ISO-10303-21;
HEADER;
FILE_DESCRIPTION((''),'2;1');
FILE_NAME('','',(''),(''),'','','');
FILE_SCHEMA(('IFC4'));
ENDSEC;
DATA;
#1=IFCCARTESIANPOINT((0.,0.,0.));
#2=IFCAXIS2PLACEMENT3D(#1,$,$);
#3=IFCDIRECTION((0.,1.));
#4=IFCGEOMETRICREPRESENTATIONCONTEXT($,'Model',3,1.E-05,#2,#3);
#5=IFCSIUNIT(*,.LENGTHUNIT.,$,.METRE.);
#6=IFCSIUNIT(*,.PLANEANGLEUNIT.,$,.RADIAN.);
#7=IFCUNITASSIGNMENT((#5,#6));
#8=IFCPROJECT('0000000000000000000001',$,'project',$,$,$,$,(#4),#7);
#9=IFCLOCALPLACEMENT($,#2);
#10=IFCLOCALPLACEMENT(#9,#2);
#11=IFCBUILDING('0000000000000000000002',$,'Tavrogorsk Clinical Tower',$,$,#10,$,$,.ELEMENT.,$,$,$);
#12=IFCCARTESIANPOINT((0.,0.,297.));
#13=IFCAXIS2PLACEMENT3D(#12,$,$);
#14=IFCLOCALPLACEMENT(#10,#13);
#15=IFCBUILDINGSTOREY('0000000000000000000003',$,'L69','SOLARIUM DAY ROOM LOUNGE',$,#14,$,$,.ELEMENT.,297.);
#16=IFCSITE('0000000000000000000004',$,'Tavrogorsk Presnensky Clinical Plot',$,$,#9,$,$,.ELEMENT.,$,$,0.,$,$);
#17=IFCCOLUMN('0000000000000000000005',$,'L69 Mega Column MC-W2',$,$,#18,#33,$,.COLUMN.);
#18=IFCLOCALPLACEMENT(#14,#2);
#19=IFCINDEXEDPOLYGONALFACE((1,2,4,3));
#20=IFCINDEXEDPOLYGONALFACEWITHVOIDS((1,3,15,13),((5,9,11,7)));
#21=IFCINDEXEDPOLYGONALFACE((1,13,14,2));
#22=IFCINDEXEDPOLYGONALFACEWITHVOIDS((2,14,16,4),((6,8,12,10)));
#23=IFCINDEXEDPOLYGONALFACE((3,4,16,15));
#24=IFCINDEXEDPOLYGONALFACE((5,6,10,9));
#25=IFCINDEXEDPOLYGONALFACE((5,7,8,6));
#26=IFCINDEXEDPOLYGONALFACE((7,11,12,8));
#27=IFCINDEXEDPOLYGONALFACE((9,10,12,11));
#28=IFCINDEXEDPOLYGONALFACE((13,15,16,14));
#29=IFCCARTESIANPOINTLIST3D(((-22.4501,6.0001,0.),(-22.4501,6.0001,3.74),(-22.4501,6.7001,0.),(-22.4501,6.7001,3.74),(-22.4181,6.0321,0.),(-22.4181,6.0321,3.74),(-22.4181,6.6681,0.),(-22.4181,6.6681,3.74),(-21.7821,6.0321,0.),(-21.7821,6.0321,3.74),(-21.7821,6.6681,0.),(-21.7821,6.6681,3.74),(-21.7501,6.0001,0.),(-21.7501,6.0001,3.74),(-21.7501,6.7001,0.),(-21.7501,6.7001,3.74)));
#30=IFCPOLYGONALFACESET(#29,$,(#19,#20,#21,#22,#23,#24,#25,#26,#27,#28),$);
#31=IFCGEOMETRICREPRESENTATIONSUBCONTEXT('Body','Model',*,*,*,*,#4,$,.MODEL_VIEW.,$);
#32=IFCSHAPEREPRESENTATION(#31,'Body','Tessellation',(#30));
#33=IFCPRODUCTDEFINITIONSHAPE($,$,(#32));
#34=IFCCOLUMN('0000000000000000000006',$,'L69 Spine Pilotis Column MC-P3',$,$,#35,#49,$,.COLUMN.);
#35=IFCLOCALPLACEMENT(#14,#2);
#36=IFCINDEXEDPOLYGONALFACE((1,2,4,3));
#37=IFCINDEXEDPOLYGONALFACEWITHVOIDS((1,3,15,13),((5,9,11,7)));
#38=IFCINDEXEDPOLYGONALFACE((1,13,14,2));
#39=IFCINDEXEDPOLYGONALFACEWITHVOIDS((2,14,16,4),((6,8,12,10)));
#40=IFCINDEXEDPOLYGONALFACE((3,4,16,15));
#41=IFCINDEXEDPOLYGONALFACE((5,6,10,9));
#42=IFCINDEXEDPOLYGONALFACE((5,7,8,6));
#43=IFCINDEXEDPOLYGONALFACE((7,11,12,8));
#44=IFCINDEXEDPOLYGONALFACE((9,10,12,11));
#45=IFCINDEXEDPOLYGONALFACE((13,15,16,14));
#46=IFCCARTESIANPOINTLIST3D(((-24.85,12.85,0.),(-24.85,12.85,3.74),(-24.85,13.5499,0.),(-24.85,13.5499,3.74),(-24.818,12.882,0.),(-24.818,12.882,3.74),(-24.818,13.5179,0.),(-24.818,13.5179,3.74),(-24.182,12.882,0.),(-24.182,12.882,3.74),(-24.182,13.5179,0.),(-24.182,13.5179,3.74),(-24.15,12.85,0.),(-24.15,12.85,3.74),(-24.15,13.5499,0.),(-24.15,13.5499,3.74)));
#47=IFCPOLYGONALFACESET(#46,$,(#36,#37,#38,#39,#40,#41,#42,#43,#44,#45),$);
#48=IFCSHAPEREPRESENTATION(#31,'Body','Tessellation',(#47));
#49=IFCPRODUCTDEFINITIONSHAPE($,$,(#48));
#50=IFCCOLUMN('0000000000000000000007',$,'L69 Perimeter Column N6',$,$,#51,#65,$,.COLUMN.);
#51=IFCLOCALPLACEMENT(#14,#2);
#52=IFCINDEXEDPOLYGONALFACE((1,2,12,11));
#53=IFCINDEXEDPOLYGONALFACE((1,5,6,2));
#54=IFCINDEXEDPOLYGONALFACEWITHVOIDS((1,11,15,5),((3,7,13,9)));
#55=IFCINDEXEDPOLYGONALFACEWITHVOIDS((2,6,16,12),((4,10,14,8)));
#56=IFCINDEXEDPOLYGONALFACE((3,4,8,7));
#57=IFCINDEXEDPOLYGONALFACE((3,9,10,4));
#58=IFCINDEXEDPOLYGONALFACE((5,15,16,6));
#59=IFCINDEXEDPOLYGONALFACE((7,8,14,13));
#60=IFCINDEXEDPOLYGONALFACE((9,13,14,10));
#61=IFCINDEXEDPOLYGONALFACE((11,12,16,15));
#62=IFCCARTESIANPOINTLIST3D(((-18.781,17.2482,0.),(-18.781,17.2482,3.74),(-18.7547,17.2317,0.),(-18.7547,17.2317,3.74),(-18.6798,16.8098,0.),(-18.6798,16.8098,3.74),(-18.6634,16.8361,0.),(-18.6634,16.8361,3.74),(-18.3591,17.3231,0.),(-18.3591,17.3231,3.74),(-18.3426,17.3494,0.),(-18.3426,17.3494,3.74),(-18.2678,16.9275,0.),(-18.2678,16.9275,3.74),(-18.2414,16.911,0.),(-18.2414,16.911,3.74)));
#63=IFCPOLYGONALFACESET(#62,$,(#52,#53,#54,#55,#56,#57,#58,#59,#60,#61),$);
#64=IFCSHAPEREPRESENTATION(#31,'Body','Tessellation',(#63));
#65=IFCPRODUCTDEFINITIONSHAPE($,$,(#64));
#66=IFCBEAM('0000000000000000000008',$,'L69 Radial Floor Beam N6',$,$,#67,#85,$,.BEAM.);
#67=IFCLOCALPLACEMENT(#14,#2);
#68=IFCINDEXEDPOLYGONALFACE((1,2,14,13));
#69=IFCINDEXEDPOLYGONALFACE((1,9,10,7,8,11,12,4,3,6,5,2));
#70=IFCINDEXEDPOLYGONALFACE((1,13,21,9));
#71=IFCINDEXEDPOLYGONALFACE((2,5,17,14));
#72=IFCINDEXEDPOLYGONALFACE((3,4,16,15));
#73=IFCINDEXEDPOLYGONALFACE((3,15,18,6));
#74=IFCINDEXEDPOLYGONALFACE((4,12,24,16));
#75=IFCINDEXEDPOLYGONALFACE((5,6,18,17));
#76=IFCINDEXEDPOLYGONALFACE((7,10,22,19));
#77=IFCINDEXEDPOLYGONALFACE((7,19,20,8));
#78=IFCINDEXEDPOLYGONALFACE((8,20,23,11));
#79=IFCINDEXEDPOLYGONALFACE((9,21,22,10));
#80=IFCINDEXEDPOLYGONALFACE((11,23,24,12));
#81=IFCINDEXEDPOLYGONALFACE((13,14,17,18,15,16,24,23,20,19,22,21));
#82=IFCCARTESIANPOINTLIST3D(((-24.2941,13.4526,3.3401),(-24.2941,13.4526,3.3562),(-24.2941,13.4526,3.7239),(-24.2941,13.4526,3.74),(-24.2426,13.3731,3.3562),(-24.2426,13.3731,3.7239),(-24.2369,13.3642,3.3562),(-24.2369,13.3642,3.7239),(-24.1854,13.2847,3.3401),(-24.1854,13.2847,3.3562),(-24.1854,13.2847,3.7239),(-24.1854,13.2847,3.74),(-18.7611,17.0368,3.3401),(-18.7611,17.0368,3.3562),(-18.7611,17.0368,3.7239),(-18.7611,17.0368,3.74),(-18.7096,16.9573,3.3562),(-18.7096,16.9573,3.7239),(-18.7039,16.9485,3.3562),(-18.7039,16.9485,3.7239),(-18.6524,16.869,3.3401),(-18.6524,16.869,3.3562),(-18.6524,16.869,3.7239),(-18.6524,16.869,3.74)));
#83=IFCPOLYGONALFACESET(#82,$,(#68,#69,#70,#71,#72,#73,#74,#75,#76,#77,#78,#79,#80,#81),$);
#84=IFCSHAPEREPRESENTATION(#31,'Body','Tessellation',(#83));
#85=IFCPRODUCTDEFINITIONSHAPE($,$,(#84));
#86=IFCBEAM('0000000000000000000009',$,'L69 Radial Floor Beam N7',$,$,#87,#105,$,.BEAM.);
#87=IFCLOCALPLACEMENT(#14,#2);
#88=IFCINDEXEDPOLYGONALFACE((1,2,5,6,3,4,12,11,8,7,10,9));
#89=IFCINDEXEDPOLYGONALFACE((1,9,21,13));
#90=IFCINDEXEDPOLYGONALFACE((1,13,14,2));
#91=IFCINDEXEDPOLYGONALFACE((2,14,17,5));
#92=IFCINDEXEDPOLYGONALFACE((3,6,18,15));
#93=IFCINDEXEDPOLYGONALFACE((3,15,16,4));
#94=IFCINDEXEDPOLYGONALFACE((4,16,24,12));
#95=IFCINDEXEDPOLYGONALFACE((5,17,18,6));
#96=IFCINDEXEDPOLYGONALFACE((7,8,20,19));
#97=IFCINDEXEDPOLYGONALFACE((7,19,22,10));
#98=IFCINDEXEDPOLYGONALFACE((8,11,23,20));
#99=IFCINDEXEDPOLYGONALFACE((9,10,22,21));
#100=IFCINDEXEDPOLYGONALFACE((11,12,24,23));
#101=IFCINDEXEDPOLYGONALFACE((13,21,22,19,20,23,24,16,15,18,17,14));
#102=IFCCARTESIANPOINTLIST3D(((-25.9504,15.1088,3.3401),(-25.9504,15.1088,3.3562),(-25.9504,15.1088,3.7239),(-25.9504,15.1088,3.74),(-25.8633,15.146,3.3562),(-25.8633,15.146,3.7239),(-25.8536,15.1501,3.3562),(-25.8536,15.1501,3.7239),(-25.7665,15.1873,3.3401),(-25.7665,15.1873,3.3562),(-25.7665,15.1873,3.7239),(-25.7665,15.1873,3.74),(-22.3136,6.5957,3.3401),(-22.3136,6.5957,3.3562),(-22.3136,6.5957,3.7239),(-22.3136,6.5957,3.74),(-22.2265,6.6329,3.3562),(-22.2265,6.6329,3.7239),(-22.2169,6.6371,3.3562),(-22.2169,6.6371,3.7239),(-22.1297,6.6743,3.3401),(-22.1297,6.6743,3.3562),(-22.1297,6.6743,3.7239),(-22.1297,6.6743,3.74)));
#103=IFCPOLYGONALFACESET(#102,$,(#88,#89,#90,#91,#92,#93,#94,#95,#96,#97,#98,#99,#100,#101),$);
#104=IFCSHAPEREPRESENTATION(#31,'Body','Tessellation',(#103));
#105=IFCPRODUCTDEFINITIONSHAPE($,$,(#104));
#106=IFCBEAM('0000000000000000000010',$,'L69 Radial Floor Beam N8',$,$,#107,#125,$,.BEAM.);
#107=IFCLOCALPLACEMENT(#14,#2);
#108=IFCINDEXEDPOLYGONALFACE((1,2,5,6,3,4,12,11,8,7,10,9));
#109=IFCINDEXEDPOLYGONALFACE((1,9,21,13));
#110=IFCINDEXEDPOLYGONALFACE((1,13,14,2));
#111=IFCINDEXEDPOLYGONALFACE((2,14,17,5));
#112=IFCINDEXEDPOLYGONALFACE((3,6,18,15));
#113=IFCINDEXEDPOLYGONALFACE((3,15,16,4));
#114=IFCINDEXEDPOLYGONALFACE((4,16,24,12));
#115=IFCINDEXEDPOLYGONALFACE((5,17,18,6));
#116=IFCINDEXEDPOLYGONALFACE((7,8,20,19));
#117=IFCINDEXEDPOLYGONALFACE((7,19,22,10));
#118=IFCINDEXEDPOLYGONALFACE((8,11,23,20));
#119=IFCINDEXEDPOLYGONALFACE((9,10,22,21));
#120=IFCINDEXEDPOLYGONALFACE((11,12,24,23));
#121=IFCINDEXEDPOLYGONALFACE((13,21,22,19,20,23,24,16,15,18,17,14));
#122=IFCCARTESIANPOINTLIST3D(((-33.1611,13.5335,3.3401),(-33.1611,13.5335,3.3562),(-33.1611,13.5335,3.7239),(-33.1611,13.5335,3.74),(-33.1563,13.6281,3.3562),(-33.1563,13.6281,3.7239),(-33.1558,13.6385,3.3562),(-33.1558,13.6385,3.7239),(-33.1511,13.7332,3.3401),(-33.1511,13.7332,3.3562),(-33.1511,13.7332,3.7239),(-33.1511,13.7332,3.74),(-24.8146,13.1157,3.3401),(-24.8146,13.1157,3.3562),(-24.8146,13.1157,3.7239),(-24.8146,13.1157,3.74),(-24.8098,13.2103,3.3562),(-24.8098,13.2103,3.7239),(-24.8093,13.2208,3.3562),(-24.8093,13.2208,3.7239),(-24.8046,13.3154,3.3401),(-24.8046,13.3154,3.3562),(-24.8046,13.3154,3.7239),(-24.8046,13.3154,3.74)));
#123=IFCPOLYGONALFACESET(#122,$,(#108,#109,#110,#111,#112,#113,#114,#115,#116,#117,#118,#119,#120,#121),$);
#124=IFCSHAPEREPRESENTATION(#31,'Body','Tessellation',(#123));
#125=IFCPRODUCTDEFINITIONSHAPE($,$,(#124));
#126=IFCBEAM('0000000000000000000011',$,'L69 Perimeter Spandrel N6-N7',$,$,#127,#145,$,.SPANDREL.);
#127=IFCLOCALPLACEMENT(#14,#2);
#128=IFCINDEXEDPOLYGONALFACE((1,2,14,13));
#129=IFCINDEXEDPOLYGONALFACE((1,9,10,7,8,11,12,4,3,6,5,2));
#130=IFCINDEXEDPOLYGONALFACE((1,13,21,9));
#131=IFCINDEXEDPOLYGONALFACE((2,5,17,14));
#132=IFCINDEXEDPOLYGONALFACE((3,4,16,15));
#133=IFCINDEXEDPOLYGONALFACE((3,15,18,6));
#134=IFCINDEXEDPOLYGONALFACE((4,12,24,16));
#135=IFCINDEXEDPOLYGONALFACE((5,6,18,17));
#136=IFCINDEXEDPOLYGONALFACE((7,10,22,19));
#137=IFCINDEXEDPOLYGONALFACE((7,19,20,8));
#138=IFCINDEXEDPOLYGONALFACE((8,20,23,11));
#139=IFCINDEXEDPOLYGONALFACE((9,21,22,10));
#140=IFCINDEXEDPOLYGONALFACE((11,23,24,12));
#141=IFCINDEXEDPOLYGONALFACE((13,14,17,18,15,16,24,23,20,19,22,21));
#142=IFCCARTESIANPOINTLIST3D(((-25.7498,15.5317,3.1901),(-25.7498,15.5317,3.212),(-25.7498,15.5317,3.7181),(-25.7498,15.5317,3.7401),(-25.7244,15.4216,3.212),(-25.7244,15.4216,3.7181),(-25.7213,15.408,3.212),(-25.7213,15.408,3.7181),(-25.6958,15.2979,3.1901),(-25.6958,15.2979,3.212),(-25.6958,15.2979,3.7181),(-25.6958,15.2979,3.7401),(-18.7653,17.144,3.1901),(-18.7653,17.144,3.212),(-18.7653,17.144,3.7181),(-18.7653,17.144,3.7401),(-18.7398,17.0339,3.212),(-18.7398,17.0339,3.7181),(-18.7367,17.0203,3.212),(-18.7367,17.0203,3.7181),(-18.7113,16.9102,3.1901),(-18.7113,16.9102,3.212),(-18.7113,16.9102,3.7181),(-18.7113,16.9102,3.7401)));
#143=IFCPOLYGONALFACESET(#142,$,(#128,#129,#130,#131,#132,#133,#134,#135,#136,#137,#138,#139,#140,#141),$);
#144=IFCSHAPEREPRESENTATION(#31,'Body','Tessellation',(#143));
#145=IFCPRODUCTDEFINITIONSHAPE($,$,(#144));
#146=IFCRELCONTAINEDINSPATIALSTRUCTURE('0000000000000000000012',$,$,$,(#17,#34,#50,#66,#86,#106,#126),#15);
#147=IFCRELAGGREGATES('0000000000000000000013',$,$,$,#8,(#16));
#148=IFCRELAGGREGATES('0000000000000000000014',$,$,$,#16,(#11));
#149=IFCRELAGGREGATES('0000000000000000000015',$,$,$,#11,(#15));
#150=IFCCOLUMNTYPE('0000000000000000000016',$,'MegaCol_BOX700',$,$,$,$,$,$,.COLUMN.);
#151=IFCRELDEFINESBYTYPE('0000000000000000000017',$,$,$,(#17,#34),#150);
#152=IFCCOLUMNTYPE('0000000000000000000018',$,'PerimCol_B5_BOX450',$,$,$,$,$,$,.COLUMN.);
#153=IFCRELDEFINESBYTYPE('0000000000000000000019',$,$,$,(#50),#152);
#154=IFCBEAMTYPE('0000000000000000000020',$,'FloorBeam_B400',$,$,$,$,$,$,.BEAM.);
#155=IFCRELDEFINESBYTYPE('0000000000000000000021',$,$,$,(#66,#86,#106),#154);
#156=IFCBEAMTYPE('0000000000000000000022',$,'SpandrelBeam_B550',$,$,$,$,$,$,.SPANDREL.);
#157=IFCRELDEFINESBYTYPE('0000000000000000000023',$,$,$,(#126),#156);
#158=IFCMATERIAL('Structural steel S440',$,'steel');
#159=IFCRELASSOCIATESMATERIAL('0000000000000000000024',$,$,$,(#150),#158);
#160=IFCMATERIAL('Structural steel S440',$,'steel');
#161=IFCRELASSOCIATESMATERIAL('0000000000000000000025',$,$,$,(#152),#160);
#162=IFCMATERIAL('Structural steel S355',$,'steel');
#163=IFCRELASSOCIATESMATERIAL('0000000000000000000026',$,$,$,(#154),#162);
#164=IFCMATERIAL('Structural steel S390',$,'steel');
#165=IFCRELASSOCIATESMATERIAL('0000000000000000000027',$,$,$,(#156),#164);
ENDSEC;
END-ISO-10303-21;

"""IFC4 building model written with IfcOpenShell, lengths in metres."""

from ifc_helpers import new_model, si_unit, direction, frame, origin, origin_2d, place, context, subcontext, project, spatial, hollow_rectangle, i_section, extrude, material, material_profile, profile_set, type_object, element, save


model = new_model("IFC4")

# Units and contexts
model_context = context("Model", 3, precision=1e-05, world=origin(), true_north=direction((0.0, 1.0)))
body_context = subcontext(model_context, "Body", "Model", "MODEL_VIEW")
ifc_project = project(units=[si_unit("LENGTHUNIT", "METRE"), si_unit("PLANEANGLEUNIT", "RADIAN")], contexts=[model_context])

# Site, building, storey
site_placement = place(None, origin())
site = spatial("IfcSite", under=ifc_project, at=site_placement, Name="Tavrogorsk Presnensky Clinical Plot", CompositionType="ELEMENT", RefElevation=0.0)
building_placement = place(site_placement, origin())
building = spatial("IfcBuilding", under=site, at=building_placement, Name="Tavrogorsk Clinical Tower", CompositionType="ELEMENT")
storey_placement = place(building_placement, frame((0.0, 0.0, 297.0)))
storey = spatial("IfcBuildingStorey", under=building, at=storey_placement, Name="L69", Description="SOLARIUM DAY ROOM LOUNGE", CompositionType="ELEMENT", Elevation=297.0)

# Columns
ifc_material_1 = material(Name="Structural steel S440", Category="steel")
ifc_material_profile_1 = material_profile(ifc_material_1, hollow_rectangle(XDim=0.7, YDim=0.7, WallThickness=0.032, at=origin_2d()), Name="BOX-700x700x32")
ifc_profile_set_1 = profile_set([ifc_material_profile_1], Name="Structural steel S440")
column_type_1 = type_object("IfcColumnType", Name="MegaCol_BOX700", PredefinedType="COLUMN", material=ifc_profile_set_1)
for number, where, z_axis, x_axis, name in (
    (1, (-22.1001, 6.3501, 0.0), (0.0, 0.0, 1.0), (1.0, 0.0, 0.0), "L69 Mega Column MC-W2"),
    (2, (-24.5, 13.2, 0.0), (0.0, 0.0, 1.0), (1.0, 0.0, 0.0), "L69 Spine Pilotis Column MC-P3"),
):
    element("IfcColumn", number, at=place(storey_placement, frame(where, z_axis=z_axis, x_axis=x_axis)), inside=storey, type_object=column_type_1, Name=name, PredefinedType="COLUMN", context=body_context, shape_type="SweptSolid", body=[
        extrude(hollow_rectangle(XDim=0.7, YDim=0.7, WallThickness=0.032, at=origin_2d()), origin(), (0.0, 0.0, 1.0), 3.74),
    ])
ifc_material_2 = material(Name="Structural steel S440", Category="steel")
ifc_material_profile_2 = material_profile(ifc_material_2, hollow_rectangle(XDim=0.45, YDim=0.45, WallThickness=0.022, at=origin_2d()), Name="BOX-450x450x22")
ifc_profile_set_2 = profile_set([ifc_material_profile_2], Name="Structural steel S440")
column_type_2 = type_object("IfcColumnType", Name="PerimCol_B5_BOX450", PredefinedType="COLUMN", material=ifc_profile_set_2)
column_placement = place(storey_placement, frame((-18.5112, 17.0796, 0.0), z_axis=(0.0, 0.0, 1.0), x_axis=(0.97437, 0.224951, 0.0)))
element("IfcColumn", 3, at=column_placement, inside=storey, type_object=column_type_2, Name="L69 Perimeter Column N6", PredefinedType="COLUMN", context=body_context, shape_type="SweptSolid", body=[
    extrude(hollow_rectangle(XDim=0.45, YDim=0.45, WallThickness=0.022, at=origin_2d()), origin(), (0.0, 0.0, 1.0), 3.74),
])

# Beams
ifc_material_3 = material(Name="Structural steel S355", Category="steel")
ifc_material_profile_3 = material_profile(ifc_material_3, i_section(OverallWidth=0.2, OverallDepth=0.3999, WebThickness=0.0105, FlangeThickness=0.0161, at=origin_2d()), Name="B-400x200x10.5x16")
ifc_profile_set_3 = profile_set([ifc_material_profile_3], Name="Structural steel S355")
beam_type_1 = type_object("IfcBeamType", Name="FloorBeam_B400", PredefinedType="BEAM", material=ifc_profile_set_3)
beam_1_placement = place(storey_placement, frame((-24.2397, 13.3687, 3.54), z_axis=(0.839288, 0.543687, 0.0), x_axis=(-0.543687, 0.839288, 0.0)))
element("IfcBeam", 4, at=beam_1_placement, inside=storey, type_object=beam_type_1, Name="L69 Radial Floor Beam N6", PredefinedType="BEAM", context=body_context, shape_type="SweptSolid", body=[
    extrude(i_section(OverallWidth=0.2, OverallDepth=0.3999, WebThickness=0.0105, FlangeThickness=0.0161, at=origin_2d()), origin(), (0.0, 0.0, 1.0), 6.5925),
])
beam_2_placement = place(storey_placement, frame((-22.2217, 6.635, 3.54), z_axis=(-0.392853, 0.919601, 0.0), x_axis=(-0.919601, -0.392853, 0.0)))
element("IfcBeam", 5, at=beam_2_placement, inside=storey, type_object=beam_type_1, Name="L69 Radial Floor Beam N7", PredefinedType="BEAM", context=body_context, shape_type="SweptSolid", body=[
    extrude(i_section(OverallWidth=0.2, OverallDepth=0.3999, WebThickness=0.0105, FlangeThickness=0.0161, at=origin_2d()), origin(), (0.0, 0.0, 1.0), 9.2573),
])
beam_3_placement = place(storey_placement, frame((-24.8096, 13.2156, 3.54), z_axis=(-0.99875, 0.049986, 0.0), x_axis=(-0.049986, -0.99875, 0.0)))
element("IfcBeam", 6, at=beam_3_placement, inside=storey, type_object=beam_type_1, Name="L69 Radial Floor Beam N8", PredefinedType="BEAM", context=body_context, shape_type="SweptSolid", body=[
    extrude(i_section(OverallWidth=0.2, OverallDepth=0.3999, WebThickness=0.0105, FlangeThickness=0.0161, at=origin_2d()), origin(), (0.0, 0.0, 1.0), 8.3569),
])
ifc_material_4 = material(Name="Structural steel S390", Category="steel")
ifc_material_profile_4 = material_profile(ifc_material_4, i_section(OverallWidth=0.24, OverallDepth=0.55, WebThickness=0.0139, FlangeThickness=0.022, at=origin_2d()), Name="B-550x240x14x22")
ifc_profile_set_4 = profile_set([ifc_material_profile_4], Name="Structural steel S390")
beam_type_2 = type_object("IfcBeamType", Name="SpandrelBeam_B550", PredefinedType="SPANDREL", material=ifc_profile_set_4)
beam_4_placement = place(storey_placement, frame((-18.7383, 17.0271, 3.4651), z_axis=(-0.974377, -0.224922, 0.0), x_axis=(0.224922, -0.974377, 0.0)))
element("IfcBeam", 7, at=beam_4_placement, inside=storey, type_object=beam_type_2, Name="L69 Perimeter Spandrel N6-N7", PredefinedType="SPANDREL", context=body_context, shape_type="SweptSolid", body=[
    extrude(i_section(OverallWidth=0.24, OverallDepth=0.55, WebThickness=0.0139, FlangeThickness=0.022, at=origin_2d()), origin(), (0.0, 0.0, 1.0), 7.1682),
])

save(model, "model.ifc")
